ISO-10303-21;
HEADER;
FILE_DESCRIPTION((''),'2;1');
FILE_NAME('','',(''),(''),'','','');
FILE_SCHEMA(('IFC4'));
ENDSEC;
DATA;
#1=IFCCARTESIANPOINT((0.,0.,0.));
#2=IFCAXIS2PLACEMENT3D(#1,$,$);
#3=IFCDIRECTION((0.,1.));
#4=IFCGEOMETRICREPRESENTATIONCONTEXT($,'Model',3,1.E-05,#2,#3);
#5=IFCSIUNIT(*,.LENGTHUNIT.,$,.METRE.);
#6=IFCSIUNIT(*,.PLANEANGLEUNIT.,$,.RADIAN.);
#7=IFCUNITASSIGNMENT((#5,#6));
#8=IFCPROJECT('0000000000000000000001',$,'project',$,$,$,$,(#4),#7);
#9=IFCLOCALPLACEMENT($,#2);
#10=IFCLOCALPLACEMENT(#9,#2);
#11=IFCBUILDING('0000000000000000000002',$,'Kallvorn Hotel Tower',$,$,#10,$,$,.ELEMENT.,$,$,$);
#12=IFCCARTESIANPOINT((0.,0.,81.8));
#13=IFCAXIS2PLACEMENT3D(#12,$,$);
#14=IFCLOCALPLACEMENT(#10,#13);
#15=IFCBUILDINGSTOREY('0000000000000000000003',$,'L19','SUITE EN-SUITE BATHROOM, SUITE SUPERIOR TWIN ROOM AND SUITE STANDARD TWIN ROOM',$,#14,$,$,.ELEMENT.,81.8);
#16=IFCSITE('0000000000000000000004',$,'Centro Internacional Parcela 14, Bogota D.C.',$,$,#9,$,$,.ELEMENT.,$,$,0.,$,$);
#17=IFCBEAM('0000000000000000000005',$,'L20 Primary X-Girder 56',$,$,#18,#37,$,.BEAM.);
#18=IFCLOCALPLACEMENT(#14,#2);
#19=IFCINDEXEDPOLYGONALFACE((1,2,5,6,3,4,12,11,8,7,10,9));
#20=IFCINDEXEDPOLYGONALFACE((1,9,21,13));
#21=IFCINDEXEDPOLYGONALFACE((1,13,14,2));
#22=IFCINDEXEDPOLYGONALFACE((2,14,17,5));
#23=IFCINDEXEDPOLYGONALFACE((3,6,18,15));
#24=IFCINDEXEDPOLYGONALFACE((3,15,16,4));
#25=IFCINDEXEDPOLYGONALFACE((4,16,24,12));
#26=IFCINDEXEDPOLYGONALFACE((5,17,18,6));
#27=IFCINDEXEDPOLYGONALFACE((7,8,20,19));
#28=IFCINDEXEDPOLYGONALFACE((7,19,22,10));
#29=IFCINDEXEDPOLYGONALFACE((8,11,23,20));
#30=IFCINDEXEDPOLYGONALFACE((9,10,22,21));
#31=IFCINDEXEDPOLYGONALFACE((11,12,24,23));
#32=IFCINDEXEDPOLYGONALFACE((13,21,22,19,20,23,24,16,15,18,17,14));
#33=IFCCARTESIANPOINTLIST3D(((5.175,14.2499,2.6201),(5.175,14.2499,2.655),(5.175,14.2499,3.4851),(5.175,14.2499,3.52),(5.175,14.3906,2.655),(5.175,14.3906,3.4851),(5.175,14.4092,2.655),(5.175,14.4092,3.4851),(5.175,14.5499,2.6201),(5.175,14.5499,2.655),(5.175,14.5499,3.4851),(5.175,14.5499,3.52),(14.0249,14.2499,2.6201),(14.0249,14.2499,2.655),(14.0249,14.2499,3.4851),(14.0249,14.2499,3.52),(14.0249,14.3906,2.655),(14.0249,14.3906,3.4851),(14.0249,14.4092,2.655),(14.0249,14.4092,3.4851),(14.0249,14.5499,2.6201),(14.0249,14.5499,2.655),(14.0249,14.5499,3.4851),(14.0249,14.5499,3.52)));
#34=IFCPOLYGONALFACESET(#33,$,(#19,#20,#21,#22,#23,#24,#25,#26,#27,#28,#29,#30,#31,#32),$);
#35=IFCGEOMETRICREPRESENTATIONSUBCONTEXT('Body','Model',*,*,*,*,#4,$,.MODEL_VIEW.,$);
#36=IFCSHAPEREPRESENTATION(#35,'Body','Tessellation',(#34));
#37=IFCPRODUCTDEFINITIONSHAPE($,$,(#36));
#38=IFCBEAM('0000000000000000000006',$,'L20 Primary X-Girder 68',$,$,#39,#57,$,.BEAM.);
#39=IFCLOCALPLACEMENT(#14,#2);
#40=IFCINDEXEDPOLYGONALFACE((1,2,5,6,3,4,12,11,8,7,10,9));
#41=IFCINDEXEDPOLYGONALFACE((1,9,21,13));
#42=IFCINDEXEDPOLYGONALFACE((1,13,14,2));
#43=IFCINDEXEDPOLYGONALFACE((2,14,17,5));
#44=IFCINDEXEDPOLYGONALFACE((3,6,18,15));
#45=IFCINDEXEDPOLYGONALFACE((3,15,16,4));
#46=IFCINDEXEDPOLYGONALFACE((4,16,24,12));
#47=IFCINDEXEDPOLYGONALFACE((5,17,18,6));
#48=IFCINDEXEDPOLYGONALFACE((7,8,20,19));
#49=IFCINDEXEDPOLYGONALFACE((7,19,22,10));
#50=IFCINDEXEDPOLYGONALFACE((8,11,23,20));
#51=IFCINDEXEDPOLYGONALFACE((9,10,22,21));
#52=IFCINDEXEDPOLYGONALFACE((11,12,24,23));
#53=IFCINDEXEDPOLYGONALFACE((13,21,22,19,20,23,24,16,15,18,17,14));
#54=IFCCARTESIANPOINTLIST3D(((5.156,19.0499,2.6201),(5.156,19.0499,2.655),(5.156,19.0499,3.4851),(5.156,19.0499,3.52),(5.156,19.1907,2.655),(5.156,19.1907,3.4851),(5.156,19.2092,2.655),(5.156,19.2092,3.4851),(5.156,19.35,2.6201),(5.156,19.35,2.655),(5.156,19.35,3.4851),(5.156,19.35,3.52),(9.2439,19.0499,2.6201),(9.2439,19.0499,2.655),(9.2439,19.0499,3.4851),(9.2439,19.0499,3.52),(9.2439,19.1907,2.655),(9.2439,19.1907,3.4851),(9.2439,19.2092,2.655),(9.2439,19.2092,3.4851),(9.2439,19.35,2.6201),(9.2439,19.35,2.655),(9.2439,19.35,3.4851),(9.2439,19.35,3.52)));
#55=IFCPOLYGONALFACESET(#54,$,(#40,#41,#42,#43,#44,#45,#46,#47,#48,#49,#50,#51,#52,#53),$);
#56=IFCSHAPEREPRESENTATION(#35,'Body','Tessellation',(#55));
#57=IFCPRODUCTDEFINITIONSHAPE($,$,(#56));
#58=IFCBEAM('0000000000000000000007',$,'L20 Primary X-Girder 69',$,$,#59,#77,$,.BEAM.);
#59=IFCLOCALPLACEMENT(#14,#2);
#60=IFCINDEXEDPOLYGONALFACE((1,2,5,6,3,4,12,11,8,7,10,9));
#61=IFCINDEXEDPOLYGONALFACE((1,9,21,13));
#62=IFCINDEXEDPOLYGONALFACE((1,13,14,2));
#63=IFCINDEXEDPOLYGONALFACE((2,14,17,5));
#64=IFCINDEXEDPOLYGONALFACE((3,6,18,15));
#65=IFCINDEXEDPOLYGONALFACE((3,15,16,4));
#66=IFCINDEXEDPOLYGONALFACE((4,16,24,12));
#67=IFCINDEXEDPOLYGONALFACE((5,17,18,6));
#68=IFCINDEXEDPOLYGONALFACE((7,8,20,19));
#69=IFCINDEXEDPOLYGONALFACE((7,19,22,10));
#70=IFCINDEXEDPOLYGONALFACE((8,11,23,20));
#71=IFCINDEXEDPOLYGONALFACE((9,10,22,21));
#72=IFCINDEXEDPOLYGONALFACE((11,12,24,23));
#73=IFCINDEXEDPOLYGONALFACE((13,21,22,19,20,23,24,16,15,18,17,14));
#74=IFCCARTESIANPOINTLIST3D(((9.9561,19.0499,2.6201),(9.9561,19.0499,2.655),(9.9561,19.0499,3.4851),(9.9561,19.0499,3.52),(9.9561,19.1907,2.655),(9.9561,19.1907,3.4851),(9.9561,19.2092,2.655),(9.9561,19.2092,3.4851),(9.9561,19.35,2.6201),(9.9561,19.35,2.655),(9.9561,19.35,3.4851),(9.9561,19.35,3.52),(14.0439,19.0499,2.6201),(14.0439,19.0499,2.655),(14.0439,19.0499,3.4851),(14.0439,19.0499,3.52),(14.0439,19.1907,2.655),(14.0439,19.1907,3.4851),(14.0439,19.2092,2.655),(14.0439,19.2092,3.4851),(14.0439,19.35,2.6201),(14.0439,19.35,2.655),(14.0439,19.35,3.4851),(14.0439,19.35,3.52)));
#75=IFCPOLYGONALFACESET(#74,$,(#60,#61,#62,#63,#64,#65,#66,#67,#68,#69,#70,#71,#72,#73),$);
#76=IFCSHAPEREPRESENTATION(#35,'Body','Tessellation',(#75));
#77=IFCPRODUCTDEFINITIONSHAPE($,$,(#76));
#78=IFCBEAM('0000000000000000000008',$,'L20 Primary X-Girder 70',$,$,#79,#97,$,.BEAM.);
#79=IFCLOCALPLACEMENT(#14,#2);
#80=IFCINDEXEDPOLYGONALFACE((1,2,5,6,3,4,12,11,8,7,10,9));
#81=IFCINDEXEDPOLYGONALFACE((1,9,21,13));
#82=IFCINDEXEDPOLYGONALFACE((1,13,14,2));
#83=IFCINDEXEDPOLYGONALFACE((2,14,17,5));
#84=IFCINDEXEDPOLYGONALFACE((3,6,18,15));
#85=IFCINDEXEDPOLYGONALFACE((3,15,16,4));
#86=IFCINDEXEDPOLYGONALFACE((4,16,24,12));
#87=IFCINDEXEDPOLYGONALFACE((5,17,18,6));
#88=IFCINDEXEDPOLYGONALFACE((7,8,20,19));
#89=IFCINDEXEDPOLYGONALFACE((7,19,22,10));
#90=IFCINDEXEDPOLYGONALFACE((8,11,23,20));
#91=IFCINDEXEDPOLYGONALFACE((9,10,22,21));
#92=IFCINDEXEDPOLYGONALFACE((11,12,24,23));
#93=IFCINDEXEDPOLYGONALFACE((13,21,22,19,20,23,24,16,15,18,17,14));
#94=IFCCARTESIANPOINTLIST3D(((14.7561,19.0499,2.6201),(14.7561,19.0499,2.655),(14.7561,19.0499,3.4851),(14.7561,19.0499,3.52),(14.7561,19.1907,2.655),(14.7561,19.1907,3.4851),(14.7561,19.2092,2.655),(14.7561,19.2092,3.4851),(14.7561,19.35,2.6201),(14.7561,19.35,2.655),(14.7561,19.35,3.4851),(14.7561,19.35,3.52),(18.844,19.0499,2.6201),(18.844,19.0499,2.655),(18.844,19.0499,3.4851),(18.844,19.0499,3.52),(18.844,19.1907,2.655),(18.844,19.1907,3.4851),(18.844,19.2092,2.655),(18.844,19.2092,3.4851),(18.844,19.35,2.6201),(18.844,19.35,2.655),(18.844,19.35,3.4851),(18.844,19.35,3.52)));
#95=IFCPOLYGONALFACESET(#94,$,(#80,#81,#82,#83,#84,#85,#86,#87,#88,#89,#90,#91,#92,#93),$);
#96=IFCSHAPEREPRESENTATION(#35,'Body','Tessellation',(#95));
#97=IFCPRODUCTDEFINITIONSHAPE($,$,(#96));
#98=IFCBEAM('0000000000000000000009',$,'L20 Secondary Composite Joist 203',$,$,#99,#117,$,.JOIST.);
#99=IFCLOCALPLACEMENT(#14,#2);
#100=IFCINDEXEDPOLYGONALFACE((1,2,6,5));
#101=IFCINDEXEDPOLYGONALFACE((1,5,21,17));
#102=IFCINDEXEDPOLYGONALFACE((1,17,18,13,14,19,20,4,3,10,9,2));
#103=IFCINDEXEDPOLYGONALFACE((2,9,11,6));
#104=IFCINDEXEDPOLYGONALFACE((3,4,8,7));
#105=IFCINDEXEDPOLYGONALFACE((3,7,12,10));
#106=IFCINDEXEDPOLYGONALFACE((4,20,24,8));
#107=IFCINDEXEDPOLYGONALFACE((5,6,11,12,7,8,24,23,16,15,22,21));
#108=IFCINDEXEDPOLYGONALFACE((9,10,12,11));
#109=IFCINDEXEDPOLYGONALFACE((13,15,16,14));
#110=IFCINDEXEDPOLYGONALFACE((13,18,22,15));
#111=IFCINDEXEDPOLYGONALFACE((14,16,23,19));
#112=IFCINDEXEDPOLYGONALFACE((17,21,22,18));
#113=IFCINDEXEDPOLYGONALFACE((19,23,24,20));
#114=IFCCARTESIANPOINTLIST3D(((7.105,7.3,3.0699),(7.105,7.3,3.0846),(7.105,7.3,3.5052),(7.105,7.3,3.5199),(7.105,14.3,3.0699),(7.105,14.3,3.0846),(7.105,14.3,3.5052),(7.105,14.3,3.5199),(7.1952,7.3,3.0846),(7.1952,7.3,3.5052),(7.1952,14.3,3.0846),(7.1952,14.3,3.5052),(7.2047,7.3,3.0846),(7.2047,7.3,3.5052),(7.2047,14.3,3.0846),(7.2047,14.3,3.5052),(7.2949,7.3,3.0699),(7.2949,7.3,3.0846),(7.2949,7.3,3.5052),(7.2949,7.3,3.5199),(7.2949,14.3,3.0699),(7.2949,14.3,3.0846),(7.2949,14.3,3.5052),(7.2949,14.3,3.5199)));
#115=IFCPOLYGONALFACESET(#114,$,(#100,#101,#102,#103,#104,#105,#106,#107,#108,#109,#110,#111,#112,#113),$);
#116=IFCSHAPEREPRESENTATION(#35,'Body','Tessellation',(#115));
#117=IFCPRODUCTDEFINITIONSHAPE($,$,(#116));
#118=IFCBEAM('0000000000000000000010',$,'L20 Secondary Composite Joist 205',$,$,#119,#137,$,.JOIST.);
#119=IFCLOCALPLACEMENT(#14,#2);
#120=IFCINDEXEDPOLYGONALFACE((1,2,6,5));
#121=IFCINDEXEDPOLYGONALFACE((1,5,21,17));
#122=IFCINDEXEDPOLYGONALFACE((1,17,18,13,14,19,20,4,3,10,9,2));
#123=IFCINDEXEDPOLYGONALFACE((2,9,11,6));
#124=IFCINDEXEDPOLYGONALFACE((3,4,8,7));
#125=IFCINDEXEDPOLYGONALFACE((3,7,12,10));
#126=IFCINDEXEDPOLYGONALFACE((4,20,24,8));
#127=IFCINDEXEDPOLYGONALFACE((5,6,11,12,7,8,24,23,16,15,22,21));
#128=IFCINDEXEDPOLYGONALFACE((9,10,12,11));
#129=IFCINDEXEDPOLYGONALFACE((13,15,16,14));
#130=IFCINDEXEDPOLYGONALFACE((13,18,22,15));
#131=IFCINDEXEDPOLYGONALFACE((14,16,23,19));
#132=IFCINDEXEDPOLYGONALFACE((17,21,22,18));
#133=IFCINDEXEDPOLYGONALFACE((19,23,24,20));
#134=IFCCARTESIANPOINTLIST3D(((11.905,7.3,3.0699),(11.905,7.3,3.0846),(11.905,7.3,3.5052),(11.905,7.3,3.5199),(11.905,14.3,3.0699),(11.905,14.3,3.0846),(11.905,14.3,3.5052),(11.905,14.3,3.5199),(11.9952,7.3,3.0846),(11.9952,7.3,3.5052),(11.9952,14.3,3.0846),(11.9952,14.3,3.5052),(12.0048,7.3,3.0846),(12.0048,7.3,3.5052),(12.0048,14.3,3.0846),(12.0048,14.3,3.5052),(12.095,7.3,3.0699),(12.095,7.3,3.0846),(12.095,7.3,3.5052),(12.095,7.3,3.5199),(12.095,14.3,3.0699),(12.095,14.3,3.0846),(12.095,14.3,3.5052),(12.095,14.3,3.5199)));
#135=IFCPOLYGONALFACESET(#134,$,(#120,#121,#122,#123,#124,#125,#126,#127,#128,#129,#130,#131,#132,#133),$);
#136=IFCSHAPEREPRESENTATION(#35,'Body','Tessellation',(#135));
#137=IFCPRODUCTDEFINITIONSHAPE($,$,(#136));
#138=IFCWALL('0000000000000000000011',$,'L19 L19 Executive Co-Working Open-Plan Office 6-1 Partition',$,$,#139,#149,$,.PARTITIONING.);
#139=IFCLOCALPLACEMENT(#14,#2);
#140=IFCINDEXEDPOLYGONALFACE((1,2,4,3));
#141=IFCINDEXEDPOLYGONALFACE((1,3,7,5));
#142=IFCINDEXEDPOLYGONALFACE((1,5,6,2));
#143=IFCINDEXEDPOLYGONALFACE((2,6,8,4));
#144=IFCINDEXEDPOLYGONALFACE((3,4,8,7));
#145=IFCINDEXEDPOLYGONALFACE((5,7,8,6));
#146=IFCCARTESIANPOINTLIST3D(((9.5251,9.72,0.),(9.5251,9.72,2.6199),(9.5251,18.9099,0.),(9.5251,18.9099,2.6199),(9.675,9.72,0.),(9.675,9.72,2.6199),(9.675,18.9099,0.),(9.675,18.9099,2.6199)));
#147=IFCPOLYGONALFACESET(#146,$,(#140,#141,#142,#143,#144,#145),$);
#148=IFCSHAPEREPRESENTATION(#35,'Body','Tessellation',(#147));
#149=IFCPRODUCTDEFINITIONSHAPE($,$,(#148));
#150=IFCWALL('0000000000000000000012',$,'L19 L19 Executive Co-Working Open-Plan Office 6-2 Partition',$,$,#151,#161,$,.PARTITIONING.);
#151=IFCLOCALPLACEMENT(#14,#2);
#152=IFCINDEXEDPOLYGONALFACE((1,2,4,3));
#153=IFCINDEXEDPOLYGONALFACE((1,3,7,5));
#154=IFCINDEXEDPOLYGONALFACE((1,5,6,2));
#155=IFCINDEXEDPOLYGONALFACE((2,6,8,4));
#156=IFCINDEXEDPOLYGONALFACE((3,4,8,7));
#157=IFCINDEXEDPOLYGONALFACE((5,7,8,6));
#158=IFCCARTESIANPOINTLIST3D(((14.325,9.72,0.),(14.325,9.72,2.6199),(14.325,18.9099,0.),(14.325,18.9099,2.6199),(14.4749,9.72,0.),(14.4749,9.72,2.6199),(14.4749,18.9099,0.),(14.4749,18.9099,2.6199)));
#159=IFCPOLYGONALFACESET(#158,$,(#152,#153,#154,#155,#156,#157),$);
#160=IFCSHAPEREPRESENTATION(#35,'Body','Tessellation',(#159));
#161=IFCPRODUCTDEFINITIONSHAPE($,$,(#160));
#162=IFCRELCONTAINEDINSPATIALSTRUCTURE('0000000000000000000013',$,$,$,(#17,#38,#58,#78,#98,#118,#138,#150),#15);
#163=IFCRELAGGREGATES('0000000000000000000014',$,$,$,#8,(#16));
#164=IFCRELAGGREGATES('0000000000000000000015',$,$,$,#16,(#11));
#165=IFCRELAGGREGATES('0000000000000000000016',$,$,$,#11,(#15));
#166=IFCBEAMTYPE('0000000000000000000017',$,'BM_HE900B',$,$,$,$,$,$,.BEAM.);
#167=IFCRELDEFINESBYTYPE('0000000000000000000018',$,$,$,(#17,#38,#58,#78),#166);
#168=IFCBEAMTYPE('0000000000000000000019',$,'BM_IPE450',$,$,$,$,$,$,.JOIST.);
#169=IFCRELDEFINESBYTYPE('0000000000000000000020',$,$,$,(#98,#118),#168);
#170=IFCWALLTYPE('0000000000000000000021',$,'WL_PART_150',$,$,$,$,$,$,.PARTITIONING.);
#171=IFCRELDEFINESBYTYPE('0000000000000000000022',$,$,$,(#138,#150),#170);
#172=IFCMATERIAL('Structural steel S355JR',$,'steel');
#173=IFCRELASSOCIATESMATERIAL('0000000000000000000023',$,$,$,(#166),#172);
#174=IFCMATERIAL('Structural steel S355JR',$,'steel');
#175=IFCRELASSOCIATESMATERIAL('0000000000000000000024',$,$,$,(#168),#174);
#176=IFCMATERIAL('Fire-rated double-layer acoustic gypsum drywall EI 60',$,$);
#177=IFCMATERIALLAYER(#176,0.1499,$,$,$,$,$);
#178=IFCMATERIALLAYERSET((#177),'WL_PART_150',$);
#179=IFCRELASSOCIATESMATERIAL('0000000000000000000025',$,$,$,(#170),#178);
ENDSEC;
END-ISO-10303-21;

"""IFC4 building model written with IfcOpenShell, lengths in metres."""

from ifc_helpers import new_model, si_unit, direction, frame, frame_2d, origin, origin_2d, place, context, subcontext, project, spatial, rectangle, i_section, extrude, material, layer, layer_set, material_profile, profile_set, type_object, element, save


model = new_model("IFC4")

# Units and contexts
model_context = context("Model", 3, precision=1e-05, world=origin(), true_north=direction((0.0, 1.0)))
body_context = subcontext(model_context, "Body", "Model", "MODEL_VIEW")
ifc_project = project(units=[si_unit("LENGTHUNIT", "METRE"), si_unit("PLANEANGLEUNIT", "RADIAN")], contexts=[model_context])

# Site, building, storey
site_placement = place(None, origin())
site = spatial("IfcSite", under=ifc_project, at=site_placement, Name="Centro Internacional Parcela 14, Bogota D.C.", CompositionType="ELEMENT", RefElevation=0.0)
building_placement = place(site_placement, origin())
building = spatial("IfcBuilding", under=site, at=building_placement, Name="Kallvorn Hotel Tower", CompositionType="ELEMENT")
storey_placement = place(building_placement, frame((0.0, 0.0, 81.8)))
storey = spatial("IfcBuildingStorey", under=building, at=storey_placement, Name="L19", Description="SUITE EN-SUITE BATHROOM, SUITE SUPERIOR TWIN ROOM AND SUITE STANDARD TWIN ROOM", CompositionType="ELEMENT", Elevation=81.8)

# Beams
ifc_material_1 = material(Name="Structural steel S355JR", Category="steel")
ifc_material_profile_1 = material_profile(ifc_material_1, i_section(OverallWidth=0.3, OverallDepth=0.8999, WebThickness=0.0186, FlangeThickness=0.0349, at=origin_2d()), Name="HE 900 B")
ifc_profile_set_1 = profile_set([ifc_material_profile_1], Name="Structural steel S355JR")
beam_type_1 = type_object("IfcBeamType", Name="BM_HE900B", PredefinedType="BEAM", material=ifc_profile_set_1)
beam_1_placement = place(storey_placement, frame((5.175, 14.3999, 3.0701), z_axis=(1.0, 0.0, 0.0), x_axis=(0.0, 1.0, 0.0)))
element("IfcBeam", 1, at=beam_1_placement, inside=storey, type_object=beam_type_1, Name="L20 Primary X-Girder 56", PredefinedType="BEAM", context=body_context, shape_type="SweptSolid", body=[
    extrude(i_section(OverallWidth=0.3, OverallDepth=0.8999, WebThickness=0.0186, FlangeThickness=0.0349, at=origin_2d()), origin(), (0.0, 0.0, 1.0), 8.8499),
])
for number, where, z_axis, x_axis, name in (
    (2, (5.156, 19.2, 3.0701), (1.0, 0.0, 0.0), (0.0, 1.0, 0.0), "L20 Primary X-Girder 68"),
    (3, (9.9561, 19.2, 3.0701), (1.0, 0.0, 0.0), (0.0, 1.0, 0.0), "L20 Primary X-Girder 69"),
    (4, (14.7561, 19.2, 3.0701), (1.0, 0.0, 0.0), (0.0, 1.0, 0.0), "L20 Primary X-Girder 70"),
):
    element("IfcBeam", number, at=place(storey_placement, frame(where, z_axis=z_axis, x_axis=x_axis)), inside=storey, type_object=beam_type_1, Name=name, PredefinedType="BEAM", context=body_context, shape_type="SweptSolid", body=[
        extrude(i_section(OverallWidth=0.3, OverallDepth=0.8999, WebThickness=0.0186, FlangeThickness=0.0349, at=origin_2d()), origin(), (0.0, 0.0, 1.0), 4.0879),
    ])
ifc_material_2 = material(Name="Structural steel S355JR", Category="steel")
ifc_material_profile_2 = material_profile(ifc_material_2, i_section(OverallWidth=0.1899, OverallDepth=0.45, WebThickness=0.0095, FlangeThickness=0.0146, at=origin_2d()), Name="IPE 450")
ifc_profile_set_2 = profile_set([ifc_material_profile_2], Name="Structural steel S355JR")
beam_type_2 = type_object("IfcBeamType", Name="BM_IPE450", PredefinedType="JOIST", material=ifc_profile_set_2)
for number, where, z_axis, x_axis, name in (
    (5, (7.2, 7.3, 3.2949), (0.0, 1.0, 0.0), (-1.0, 0.0, 0.0), "L20 Secondary Composite Joist 203"),
    (6, (12.0, 7.3, 3.2949), (0.0, 1.0, 0.0), (-1.0, 0.0, 0.0), "L20 Secondary Composite Joist 205"),
):
    element("IfcBeam", number, at=place(storey_placement, frame(where, z_axis=z_axis, x_axis=x_axis)), inside=storey, type_object=beam_type_2, Name=name, PredefinedType="JOIST", context=body_context, shape_type="SweptSolid", body=[
        extrude(i_section(OverallWidth=0.1899, OverallDepth=0.45, WebThickness=0.0095, FlangeThickness=0.0146, at=origin_2d()), origin(), (0.0, 0.0, 1.0), 7.0),
    ])

# Walls
ifc_material_3 = material(Name="Fire-rated double-layer acoustic gypsum drywall EI 60")
ifc_layer = layer(ifc_material_3, 0.1499)
ifc_layer_set = layer_set([ifc_layer], Name="WL_PART_150")
wall_type = type_object("IfcWallType", Name="WL_PART_150", PredefinedType="PARTITIONING", material=ifc_layer_set)
for number, where, z_axis, x_axis, name in (
    (7, (9.6001, 9.72, 0.0), (0.0, 0.0, 1.0), (0.0, 1.0, 0.0), "L19 L19 Executive Co-Working Open-Plan Office 6-1 Partition"),
    (8, (14.3999, 9.72, 0.0), (0.0, 0.0, 1.0), (0.0, 1.0, 0.0), "L19 L19 Executive Co-Working Open-Plan Office 6-2 Partition"),
):
    element("IfcWall", number, at=place(storey_placement, frame(where, z_axis=z_axis, x_axis=x_axis)), inside=storey, type_object=wall_type, Name=name, PredefinedType="PARTITIONING", context=body_context, shape_type="SweptSolid", body=[
        extrude(rectangle(XDim=9.1899, YDim=0.1499, at=frame_2d((4.595, 0.0))), origin(), (0.0, 0.0, 1.0), 2.6199),
    ])

save(model, "model.ifc")
